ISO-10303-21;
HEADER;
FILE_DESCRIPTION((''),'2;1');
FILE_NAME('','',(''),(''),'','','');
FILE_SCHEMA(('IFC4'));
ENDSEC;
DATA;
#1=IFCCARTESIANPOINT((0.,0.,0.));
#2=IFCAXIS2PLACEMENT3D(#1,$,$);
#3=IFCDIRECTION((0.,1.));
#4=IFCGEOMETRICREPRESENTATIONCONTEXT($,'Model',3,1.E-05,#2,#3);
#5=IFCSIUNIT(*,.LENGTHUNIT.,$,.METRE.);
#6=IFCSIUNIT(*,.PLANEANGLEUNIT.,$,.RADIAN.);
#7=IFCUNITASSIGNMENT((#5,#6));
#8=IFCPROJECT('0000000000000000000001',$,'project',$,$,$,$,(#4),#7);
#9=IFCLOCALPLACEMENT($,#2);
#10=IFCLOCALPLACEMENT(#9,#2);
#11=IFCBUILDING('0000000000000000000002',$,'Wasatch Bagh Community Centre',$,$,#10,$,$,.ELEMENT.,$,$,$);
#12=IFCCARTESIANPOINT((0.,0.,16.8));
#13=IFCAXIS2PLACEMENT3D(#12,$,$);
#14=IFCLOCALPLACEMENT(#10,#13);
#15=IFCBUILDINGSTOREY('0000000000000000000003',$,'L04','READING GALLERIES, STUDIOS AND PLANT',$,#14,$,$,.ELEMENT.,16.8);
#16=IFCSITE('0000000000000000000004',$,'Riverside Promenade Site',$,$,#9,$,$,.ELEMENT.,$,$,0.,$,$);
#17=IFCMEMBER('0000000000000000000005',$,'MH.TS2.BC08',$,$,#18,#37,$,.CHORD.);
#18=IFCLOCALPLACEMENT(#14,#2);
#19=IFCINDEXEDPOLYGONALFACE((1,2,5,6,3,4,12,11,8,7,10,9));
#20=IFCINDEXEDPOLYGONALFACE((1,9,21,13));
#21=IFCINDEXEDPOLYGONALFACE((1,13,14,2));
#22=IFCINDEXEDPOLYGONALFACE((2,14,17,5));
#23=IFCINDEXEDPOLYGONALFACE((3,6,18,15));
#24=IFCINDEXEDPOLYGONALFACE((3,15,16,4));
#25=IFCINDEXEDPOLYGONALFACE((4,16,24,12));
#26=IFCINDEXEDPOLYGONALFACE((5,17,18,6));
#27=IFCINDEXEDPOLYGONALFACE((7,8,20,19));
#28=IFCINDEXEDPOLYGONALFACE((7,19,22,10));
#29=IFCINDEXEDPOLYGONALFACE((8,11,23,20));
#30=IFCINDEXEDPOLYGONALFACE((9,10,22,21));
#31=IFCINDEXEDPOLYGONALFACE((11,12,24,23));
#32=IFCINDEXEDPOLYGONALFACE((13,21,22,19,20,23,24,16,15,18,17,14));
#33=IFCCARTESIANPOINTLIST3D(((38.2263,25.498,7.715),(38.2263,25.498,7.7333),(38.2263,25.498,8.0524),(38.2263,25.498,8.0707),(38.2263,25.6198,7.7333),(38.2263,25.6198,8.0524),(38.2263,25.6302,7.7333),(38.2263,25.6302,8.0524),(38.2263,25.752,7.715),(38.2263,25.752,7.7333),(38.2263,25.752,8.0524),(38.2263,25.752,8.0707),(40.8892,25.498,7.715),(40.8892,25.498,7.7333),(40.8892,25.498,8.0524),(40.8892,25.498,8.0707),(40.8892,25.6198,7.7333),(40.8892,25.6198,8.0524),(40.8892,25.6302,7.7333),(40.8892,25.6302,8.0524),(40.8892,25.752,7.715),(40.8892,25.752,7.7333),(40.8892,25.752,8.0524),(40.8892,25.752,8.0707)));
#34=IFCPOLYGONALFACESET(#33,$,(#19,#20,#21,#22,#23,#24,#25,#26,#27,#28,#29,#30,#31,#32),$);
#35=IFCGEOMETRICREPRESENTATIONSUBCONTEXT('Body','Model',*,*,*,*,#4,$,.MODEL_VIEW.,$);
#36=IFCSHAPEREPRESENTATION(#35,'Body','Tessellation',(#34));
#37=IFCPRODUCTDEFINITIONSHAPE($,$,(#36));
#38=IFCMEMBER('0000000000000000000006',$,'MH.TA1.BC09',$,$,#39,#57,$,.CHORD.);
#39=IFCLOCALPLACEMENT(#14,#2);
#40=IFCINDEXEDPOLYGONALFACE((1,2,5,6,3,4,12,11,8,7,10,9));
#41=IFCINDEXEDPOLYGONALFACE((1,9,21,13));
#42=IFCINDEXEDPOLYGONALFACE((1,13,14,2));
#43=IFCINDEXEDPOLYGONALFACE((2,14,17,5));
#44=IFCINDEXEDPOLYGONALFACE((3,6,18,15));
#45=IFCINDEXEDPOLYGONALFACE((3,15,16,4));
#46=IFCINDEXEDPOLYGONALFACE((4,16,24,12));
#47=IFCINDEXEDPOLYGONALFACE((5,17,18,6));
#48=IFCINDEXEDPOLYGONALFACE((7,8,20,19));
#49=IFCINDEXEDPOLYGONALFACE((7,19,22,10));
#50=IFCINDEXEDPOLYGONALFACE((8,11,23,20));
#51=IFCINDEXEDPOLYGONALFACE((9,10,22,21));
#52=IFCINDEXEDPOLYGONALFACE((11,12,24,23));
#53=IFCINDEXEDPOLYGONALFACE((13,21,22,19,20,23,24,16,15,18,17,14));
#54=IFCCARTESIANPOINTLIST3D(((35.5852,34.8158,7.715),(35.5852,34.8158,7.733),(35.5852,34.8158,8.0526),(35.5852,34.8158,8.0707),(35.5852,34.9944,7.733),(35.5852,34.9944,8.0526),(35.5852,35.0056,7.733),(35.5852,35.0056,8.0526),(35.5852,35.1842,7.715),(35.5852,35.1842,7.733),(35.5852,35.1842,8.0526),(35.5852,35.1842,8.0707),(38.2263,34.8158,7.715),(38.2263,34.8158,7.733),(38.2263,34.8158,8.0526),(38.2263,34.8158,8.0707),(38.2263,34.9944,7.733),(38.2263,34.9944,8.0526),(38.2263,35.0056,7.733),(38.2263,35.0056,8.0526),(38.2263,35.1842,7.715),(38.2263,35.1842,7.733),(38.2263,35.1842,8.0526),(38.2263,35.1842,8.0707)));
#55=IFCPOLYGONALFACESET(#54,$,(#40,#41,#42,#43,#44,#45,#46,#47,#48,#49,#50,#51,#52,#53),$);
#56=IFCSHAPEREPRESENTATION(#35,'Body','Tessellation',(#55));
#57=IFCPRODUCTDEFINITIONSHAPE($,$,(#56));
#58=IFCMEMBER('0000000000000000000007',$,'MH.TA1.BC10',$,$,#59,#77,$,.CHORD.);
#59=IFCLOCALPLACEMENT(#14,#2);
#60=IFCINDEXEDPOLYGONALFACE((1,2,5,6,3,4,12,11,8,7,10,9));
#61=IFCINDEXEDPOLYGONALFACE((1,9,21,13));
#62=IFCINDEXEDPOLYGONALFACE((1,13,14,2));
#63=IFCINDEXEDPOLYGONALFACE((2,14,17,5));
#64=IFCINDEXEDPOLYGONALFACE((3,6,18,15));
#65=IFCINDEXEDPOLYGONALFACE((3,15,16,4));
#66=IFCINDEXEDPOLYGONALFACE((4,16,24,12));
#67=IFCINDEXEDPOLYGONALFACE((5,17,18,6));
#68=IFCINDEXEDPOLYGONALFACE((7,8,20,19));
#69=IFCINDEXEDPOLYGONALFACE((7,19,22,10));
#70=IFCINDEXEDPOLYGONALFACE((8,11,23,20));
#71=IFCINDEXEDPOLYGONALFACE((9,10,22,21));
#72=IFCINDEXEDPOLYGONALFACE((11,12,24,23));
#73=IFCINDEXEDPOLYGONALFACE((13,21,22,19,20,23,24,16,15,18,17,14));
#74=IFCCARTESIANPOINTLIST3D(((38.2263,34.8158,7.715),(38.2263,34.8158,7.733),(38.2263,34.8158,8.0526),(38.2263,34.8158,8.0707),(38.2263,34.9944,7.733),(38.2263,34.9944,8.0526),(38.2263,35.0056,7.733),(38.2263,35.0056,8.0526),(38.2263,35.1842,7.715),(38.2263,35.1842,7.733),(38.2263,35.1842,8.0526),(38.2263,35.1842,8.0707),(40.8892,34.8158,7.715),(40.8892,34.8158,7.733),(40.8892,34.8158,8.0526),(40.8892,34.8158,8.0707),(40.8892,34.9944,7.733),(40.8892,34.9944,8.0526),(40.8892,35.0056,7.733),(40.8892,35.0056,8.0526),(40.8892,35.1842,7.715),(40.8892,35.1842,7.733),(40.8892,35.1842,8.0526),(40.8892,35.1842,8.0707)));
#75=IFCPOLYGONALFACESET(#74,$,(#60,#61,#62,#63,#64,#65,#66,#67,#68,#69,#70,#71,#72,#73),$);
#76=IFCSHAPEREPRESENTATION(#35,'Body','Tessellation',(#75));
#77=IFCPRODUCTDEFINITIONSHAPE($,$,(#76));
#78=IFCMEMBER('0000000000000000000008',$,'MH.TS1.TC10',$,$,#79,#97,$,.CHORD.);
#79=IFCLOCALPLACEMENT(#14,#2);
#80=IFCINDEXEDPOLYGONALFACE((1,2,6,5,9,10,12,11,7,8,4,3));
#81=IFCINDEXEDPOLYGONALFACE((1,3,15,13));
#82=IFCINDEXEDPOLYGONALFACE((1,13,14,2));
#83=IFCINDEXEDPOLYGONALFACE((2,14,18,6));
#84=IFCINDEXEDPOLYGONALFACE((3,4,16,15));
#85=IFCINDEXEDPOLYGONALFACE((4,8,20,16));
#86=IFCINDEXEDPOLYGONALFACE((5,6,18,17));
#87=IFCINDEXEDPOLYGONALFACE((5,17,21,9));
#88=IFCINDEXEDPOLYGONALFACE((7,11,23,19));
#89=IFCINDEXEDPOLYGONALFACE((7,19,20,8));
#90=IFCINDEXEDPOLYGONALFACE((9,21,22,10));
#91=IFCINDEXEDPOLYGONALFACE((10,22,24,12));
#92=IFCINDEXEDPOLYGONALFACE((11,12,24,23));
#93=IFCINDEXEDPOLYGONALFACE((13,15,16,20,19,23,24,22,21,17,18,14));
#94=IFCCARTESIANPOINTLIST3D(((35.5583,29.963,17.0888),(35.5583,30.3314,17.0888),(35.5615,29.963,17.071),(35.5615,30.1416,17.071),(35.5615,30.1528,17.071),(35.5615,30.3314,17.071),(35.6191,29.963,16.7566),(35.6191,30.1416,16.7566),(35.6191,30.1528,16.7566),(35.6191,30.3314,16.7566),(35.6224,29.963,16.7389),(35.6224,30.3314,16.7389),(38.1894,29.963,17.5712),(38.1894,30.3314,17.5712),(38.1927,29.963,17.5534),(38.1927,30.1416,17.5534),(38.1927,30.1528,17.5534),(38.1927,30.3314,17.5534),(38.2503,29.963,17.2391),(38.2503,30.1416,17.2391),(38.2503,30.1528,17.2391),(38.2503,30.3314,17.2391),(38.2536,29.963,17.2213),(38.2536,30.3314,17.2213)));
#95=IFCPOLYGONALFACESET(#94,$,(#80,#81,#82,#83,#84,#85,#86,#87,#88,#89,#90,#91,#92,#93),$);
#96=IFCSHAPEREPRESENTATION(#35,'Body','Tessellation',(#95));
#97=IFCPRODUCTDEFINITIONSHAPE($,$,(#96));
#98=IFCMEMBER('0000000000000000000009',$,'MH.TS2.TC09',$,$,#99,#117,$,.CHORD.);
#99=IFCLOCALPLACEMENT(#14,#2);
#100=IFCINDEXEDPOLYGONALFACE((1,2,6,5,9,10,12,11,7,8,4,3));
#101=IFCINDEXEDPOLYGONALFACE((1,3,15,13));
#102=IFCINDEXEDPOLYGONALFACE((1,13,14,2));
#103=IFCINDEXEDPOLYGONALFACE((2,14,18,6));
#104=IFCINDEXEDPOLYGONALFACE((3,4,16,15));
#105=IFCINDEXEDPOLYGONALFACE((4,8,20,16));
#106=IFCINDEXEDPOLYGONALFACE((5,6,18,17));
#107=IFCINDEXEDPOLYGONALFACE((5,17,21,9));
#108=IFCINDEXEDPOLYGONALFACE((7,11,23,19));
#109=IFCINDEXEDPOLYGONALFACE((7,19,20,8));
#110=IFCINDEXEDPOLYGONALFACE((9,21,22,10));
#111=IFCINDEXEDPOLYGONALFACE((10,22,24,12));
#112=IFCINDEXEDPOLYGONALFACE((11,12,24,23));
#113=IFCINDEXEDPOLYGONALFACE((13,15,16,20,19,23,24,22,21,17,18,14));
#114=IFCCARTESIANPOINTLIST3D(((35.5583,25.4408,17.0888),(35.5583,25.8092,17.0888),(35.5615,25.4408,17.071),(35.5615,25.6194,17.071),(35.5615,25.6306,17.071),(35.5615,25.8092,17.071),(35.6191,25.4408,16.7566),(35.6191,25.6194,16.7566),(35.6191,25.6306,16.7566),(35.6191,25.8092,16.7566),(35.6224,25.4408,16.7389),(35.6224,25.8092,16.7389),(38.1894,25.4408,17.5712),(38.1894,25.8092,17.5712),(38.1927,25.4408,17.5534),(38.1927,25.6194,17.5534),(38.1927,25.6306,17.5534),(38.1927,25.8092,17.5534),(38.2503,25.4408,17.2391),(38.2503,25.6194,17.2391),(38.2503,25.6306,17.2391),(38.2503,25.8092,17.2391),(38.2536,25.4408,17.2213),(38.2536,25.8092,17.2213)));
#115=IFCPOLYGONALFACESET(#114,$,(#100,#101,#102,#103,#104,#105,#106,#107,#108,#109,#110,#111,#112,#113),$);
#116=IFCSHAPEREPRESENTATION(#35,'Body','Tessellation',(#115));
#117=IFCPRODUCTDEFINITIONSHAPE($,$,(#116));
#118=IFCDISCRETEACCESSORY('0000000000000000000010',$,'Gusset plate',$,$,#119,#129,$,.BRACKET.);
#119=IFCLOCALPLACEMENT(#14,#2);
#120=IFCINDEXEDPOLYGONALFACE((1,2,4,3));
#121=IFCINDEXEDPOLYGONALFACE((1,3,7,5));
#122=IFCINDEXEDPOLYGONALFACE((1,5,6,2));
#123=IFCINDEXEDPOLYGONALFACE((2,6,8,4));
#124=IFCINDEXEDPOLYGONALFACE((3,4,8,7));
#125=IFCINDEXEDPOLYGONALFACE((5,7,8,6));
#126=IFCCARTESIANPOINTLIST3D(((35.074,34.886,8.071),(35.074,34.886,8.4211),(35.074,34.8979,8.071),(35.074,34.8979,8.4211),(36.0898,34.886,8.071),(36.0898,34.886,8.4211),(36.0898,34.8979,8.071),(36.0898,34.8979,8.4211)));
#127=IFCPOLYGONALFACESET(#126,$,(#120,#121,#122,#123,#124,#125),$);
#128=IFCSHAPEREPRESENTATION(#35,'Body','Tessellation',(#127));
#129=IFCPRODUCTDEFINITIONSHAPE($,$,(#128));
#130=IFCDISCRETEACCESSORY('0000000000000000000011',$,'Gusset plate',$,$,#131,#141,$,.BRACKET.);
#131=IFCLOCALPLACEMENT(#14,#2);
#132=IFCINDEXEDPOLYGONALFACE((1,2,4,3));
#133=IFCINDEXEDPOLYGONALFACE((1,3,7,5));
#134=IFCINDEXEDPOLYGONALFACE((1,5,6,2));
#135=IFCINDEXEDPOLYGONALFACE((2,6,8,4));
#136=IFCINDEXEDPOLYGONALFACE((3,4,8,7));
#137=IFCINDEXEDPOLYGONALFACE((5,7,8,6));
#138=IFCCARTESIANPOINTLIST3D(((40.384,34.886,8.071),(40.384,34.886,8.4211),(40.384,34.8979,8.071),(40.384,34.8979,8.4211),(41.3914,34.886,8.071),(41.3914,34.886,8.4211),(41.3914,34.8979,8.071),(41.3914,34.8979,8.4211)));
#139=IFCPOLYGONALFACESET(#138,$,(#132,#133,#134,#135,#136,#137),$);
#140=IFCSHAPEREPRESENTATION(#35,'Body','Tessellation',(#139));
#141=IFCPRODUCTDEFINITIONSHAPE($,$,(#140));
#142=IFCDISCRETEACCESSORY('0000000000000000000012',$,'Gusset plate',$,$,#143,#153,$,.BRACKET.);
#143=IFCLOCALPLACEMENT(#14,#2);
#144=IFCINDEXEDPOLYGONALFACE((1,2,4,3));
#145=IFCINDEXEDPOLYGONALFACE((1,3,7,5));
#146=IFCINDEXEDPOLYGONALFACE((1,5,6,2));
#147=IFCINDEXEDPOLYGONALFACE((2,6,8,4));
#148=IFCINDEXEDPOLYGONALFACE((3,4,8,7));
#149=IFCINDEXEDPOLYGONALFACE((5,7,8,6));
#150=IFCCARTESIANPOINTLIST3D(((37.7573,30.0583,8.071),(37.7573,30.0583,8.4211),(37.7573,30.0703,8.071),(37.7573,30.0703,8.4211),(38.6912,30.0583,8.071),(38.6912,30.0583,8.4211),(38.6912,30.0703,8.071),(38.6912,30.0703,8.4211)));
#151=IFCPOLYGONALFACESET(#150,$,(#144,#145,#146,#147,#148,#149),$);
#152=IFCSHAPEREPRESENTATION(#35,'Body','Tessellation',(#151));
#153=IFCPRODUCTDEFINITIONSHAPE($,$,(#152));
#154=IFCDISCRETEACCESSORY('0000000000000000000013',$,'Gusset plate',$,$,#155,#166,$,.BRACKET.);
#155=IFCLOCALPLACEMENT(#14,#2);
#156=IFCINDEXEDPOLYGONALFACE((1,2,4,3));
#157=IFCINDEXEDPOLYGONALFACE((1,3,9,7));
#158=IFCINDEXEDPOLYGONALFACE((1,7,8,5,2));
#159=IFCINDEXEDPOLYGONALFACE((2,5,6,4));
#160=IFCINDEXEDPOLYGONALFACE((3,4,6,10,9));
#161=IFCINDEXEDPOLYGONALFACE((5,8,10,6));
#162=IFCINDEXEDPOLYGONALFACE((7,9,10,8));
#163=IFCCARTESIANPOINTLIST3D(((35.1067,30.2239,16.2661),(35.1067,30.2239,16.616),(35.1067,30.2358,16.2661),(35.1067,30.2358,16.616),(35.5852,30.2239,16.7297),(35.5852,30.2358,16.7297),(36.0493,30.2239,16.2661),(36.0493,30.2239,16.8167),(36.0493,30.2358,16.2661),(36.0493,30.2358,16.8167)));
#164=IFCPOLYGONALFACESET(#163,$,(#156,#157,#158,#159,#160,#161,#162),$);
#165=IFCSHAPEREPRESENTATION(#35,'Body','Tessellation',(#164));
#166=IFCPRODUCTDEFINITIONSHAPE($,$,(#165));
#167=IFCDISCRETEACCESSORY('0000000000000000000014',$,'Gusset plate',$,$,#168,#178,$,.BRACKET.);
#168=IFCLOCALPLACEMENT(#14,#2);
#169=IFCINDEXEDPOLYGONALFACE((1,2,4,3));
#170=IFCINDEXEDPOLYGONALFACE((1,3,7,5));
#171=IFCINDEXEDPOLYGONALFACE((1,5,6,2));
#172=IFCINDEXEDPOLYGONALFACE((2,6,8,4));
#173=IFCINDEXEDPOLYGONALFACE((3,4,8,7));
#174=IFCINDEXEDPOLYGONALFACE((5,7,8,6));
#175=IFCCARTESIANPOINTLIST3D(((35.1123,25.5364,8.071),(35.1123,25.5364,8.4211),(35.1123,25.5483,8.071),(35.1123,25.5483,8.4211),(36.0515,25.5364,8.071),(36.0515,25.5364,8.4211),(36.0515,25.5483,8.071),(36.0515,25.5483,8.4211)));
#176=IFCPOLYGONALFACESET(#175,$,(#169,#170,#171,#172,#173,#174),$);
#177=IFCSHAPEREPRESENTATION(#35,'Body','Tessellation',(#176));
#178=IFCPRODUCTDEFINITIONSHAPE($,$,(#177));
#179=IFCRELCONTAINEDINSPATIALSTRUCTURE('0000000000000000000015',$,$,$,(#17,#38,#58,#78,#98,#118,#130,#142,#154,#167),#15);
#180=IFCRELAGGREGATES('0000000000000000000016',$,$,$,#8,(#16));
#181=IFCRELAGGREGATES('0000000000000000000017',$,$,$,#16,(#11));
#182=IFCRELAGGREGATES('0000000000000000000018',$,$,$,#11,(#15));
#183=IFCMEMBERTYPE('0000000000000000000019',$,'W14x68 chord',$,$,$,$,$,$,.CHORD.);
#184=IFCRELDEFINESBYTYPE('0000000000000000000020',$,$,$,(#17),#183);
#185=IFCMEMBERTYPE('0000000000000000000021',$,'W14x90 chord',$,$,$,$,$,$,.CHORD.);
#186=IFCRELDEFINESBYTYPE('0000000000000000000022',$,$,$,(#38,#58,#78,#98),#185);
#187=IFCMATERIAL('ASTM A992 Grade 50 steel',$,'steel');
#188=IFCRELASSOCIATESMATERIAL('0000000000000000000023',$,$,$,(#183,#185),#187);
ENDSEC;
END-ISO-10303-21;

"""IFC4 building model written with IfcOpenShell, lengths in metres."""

from ifc_helpers import new_model, si_unit, direction, frame, origin, origin_2d, place, context, subcontext, project, spatial, polyline, i_section, outline, extrude, material, material_profile, profile_set, type_object, element, save


model = new_model("IFC4")

# Units and contexts
model_context = context("Model", 3, precision=1e-05, world=origin(), true_north=direction((0.0, 1.0)))
body_context = subcontext(model_context, "Body", "Model", "MODEL_VIEW")
ifc_project = project(units=[si_unit("LENGTHUNIT", "METRE"), si_unit("PLANEANGLEUNIT", "RADIAN")], contexts=[model_context])

# Site, building, storey
site_placement = place(None, origin())
site = spatial("IfcSite", under=ifc_project, at=site_placement, Name="Riverside Promenade Site", CompositionType="ELEMENT", RefElevation=0.0)
building_placement = place(site_placement, origin())
building = spatial("IfcBuilding", under=site, at=building_placement, Name="Wasatch Bagh Community Centre", CompositionType="ELEMENT")
storey_placement = place(building_placement, frame((0.0, 0.0, 16.8)))
storey = spatial("IfcBuildingStorey", under=building, at=storey_placement, Name="L04", Description="READING GALLERIES, STUDIOS AND PLANT", CompositionType="ELEMENT", Elevation=16.8)

# Members
ifc_material_1 = material(Name="ASTM A992 Grade 50 steel", Category="steel")
ifc_material_profile_1 = material_profile(ifc_material_1, i_section(OverallWidth=0.2539, OverallDepth=0.3557, WebThickness=0.0105, FlangeThickness=0.0183, at=origin_2d()), Name="W14x68")
ifc_profile_set_1 = profile_set([ifc_material_profile_1], Name="ASTM A992 Grade 50 steel")
member_type_1 = type_object("IfcMemberType", Name="W14x68 chord", PredefinedType="CHORD", material=ifc_profile_set_1)
member_1_placement = place(storey_placement, frame((38.2263, 25.625, 7.8928), z_axis=(1.0, 0.0, 0.0), x_axis=(0.0, 1.0, 0.0)))
element("IfcMember", 1, at=member_1_placement, inside=storey, type_object=member_type_1, Name="MH.TS2.BC08", PredefinedType="CHORD", context=body_context, shape_type="SweptSolid", body=[
    extrude(i_section(OverallWidth=0.2539, OverallDepth=0.3557, WebThickness=0.0105, FlangeThickness=0.0183, at=origin_2d()), origin(), (0.0, 0.0, 1.0), 2.6628),
])
ifc_material_profile_2 = material_profile(ifc_material_1, i_section(OverallWidth=0.3684, OverallDepth=0.3557, WebThickness=0.0112, FlangeThickness=0.0181, at=origin_2d()), Name="W14x90")
ifc_profile_set_2 = profile_set([ifc_material_profile_2], Name="ASTM A992 Grade 50 steel")
member_type_2 = type_object("IfcMemberType", Name="W14x90 chord", PredefinedType="CHORD", material=ifc_profile_set_2)
member_2_placement = place(storey_placement, frame((35.5852, 35.0, 7.8928), z_axis=(1.0, 0.0, 0.0), x_axis=(0.0, 1.0, 0.0)))
element("IfcMember", 2, at=member_2_placement, inside=storey, type_object=member_type_2, Name="MH.TA1.BC09", PredefinedType="CHORD", context=body_context, shape_type="SweptSolid", body=[
    extrude(i_section(OverallWidth=0.3684, OverallDepth=0.3557, WebThickness=0.0112, FlangeThickness=0.0181, at=origin_2d()), origin(), (0.0, 0.0, 1.0), 2.6411),
])
member_3_placement = place(storey_placement, frame((38.2263, 35.0, 7.8928), z_axis=(1.0, 0.0, 0.0), x_axis=(0.0, 1.0, 0.0)))
element("IfcMember", 3, at=member_3_placement, inside=storey, type_object=member_type_2, Name="MH.TA1.BC10", PredefinedType="CHORD", context=body_context, shape_type="SweptSolid", body=[
    extrude(i_section(OverallWidth=0.3684, OverallDepth=0.3557, WebThickness=0.0112, FlangeThickness=0.0181, at=origin_2d()), origin(), (0.0, 0.0, 1.0), 2.6628),
])
for number, where, z_axis, x_axis, name in (
    (4, (35.5903, 30.1472, 16.9138), (0.983603, 0.0, 0.180347), (0.0, 1.0, 0.0), "MH.TS1.TC10"),
    (5, (35.5903, 25.625, 16.9138), (0.983603, 0.0, 0.180347), (0.0, 1.0, 0.0), "MH.TS2.TC09"),
):
    element("IfcMember", number, at=place(storey_placement, frame(where, z_axis=z_axis, x_axis=x_axis)), inside=storey, type_object=member_type_2, Name=name, PredefinedType="CHORD", context=body_context, shape_type="SweptSolid", body=[
        extrude(i_section(OverallWidth=0.3684, OverallDepth=0.3557, WebThickness=0.0112, FlangeThickness=0.0181, at=origin_2d()), origin(), (0.0, 0.0, 1.0), 2.675),
    ])

# Discrete accessories
discrete_accessory_1_placement = place(storey_placement, frame((35.074, 34.886, 8.071), z_axis=(0.0, -1.0, 0.0), x_axis=(1.0, 0.0, 0.0)))
element("IfcDiscreteAccessory", 6, at=discrete_accessory_1_placement, inside=storey, Name="Gusset plate", PredefinedType="BRACKET", context=body_context, shape_type="SweptSolid", body=[
    extrude(outline(polyline([(0.0, 0.0), (1.0159, 0.0), (1.0159, 0.3501), (0.0, 0.3501), (0.0, 0.0)])), origin(), (0.0, 0.0, -1.0), 0.012),
])
discrete_accessory_2_placement = place(storey_placement, frame((40.384, 34.886, 8.071), z_axis=(0.0, -1.0, 0.0), x_axis=(1.0, 0.0, 0.0)))
element("IfcDiscreteAccessory", 7, at=discrete_accessory_2_placement, inside=storey, Name="Gusset plate", PredefinedType="BRACKET", context=body_context, shape_type="SweptSolid", body=[
    extrude(outline(polyline([(0.0, 0.0), (1.0073, 0.0), (1.0073, 0.3501), (0.0, 0.3501), (0.0, 0.0)])), origin(), (0.0, 0.0, -1.0), 0.012),
])
discrete_accessory_3_placement = place(storey_placement, frame((37.7573, 30.0583, 8.071), z_axis=(0.0, -1.0, 0.0), x_axis=(1.0, 0.0, 0.0)))
element("IfcDiscreteAccessory", 8, at=discrete_accessory_3_placement, inside=storey, Name="Gusset plate", PredefinedType="BRACKET", context=body_context, shape_type="SweptSolid", body=[
    extrude(outline(polyline([(0.0, 0.0), (0.9338, 0.0), (0.9338, 0.3501), (0.0, 0.3501), (0.0, 0.0)])), origin(), (0.0, 0.0, -1.0), 0.012),
])
discrete_accessory_4_placement = place(storey_placement, frame((35.1067, 30.2358, 16.616), z_axis=(0.0, 1.0, 0.0), x_axis=(0.972881, 0.0, 0.231307)))
element("IfcDiscreteAccessory", 9, at=discrete_accessory_4_placement, inside=storey, Name="Gusset plate", PredefinedType="BRACKET", context=body_context, shape_type="SweptSolid", body=[
    extrude(outline(polyline([(0.0, 0.0), (0.4919, 0.0), (0.9635, 0.0228), (0.8361, 0.5584), (-0.0809, 0.3404), (0.0, 0.0)])), origin(), (0.0, 0.0, -1.0), 0.012),
])
discrete_accessory_5_placement = place(storey_placement, frame((35.1123, 25.5364, 8.071), z_axis=(0.0, -1.0, 0.0), x_axis=(1.0, 0.0, 0.0)))
element("IfcDiscreteAccessory", 10, at=discrete_accessory_5_placement, inside=storey, Name="Gusset plate", PredefinedType="BRACKET", context=body_context, shape_type="SweptSolid", body=[
    extrude(outline(polyline([(0.0, 0.0), (0.9392, 0.0), (0.9392, 0.3501), (0.0, 0.3501), (0.0, 0.0)])), origin(), (0.0, 0.0, -1.0), 0.012),
])

save(model, "model.ifc")
